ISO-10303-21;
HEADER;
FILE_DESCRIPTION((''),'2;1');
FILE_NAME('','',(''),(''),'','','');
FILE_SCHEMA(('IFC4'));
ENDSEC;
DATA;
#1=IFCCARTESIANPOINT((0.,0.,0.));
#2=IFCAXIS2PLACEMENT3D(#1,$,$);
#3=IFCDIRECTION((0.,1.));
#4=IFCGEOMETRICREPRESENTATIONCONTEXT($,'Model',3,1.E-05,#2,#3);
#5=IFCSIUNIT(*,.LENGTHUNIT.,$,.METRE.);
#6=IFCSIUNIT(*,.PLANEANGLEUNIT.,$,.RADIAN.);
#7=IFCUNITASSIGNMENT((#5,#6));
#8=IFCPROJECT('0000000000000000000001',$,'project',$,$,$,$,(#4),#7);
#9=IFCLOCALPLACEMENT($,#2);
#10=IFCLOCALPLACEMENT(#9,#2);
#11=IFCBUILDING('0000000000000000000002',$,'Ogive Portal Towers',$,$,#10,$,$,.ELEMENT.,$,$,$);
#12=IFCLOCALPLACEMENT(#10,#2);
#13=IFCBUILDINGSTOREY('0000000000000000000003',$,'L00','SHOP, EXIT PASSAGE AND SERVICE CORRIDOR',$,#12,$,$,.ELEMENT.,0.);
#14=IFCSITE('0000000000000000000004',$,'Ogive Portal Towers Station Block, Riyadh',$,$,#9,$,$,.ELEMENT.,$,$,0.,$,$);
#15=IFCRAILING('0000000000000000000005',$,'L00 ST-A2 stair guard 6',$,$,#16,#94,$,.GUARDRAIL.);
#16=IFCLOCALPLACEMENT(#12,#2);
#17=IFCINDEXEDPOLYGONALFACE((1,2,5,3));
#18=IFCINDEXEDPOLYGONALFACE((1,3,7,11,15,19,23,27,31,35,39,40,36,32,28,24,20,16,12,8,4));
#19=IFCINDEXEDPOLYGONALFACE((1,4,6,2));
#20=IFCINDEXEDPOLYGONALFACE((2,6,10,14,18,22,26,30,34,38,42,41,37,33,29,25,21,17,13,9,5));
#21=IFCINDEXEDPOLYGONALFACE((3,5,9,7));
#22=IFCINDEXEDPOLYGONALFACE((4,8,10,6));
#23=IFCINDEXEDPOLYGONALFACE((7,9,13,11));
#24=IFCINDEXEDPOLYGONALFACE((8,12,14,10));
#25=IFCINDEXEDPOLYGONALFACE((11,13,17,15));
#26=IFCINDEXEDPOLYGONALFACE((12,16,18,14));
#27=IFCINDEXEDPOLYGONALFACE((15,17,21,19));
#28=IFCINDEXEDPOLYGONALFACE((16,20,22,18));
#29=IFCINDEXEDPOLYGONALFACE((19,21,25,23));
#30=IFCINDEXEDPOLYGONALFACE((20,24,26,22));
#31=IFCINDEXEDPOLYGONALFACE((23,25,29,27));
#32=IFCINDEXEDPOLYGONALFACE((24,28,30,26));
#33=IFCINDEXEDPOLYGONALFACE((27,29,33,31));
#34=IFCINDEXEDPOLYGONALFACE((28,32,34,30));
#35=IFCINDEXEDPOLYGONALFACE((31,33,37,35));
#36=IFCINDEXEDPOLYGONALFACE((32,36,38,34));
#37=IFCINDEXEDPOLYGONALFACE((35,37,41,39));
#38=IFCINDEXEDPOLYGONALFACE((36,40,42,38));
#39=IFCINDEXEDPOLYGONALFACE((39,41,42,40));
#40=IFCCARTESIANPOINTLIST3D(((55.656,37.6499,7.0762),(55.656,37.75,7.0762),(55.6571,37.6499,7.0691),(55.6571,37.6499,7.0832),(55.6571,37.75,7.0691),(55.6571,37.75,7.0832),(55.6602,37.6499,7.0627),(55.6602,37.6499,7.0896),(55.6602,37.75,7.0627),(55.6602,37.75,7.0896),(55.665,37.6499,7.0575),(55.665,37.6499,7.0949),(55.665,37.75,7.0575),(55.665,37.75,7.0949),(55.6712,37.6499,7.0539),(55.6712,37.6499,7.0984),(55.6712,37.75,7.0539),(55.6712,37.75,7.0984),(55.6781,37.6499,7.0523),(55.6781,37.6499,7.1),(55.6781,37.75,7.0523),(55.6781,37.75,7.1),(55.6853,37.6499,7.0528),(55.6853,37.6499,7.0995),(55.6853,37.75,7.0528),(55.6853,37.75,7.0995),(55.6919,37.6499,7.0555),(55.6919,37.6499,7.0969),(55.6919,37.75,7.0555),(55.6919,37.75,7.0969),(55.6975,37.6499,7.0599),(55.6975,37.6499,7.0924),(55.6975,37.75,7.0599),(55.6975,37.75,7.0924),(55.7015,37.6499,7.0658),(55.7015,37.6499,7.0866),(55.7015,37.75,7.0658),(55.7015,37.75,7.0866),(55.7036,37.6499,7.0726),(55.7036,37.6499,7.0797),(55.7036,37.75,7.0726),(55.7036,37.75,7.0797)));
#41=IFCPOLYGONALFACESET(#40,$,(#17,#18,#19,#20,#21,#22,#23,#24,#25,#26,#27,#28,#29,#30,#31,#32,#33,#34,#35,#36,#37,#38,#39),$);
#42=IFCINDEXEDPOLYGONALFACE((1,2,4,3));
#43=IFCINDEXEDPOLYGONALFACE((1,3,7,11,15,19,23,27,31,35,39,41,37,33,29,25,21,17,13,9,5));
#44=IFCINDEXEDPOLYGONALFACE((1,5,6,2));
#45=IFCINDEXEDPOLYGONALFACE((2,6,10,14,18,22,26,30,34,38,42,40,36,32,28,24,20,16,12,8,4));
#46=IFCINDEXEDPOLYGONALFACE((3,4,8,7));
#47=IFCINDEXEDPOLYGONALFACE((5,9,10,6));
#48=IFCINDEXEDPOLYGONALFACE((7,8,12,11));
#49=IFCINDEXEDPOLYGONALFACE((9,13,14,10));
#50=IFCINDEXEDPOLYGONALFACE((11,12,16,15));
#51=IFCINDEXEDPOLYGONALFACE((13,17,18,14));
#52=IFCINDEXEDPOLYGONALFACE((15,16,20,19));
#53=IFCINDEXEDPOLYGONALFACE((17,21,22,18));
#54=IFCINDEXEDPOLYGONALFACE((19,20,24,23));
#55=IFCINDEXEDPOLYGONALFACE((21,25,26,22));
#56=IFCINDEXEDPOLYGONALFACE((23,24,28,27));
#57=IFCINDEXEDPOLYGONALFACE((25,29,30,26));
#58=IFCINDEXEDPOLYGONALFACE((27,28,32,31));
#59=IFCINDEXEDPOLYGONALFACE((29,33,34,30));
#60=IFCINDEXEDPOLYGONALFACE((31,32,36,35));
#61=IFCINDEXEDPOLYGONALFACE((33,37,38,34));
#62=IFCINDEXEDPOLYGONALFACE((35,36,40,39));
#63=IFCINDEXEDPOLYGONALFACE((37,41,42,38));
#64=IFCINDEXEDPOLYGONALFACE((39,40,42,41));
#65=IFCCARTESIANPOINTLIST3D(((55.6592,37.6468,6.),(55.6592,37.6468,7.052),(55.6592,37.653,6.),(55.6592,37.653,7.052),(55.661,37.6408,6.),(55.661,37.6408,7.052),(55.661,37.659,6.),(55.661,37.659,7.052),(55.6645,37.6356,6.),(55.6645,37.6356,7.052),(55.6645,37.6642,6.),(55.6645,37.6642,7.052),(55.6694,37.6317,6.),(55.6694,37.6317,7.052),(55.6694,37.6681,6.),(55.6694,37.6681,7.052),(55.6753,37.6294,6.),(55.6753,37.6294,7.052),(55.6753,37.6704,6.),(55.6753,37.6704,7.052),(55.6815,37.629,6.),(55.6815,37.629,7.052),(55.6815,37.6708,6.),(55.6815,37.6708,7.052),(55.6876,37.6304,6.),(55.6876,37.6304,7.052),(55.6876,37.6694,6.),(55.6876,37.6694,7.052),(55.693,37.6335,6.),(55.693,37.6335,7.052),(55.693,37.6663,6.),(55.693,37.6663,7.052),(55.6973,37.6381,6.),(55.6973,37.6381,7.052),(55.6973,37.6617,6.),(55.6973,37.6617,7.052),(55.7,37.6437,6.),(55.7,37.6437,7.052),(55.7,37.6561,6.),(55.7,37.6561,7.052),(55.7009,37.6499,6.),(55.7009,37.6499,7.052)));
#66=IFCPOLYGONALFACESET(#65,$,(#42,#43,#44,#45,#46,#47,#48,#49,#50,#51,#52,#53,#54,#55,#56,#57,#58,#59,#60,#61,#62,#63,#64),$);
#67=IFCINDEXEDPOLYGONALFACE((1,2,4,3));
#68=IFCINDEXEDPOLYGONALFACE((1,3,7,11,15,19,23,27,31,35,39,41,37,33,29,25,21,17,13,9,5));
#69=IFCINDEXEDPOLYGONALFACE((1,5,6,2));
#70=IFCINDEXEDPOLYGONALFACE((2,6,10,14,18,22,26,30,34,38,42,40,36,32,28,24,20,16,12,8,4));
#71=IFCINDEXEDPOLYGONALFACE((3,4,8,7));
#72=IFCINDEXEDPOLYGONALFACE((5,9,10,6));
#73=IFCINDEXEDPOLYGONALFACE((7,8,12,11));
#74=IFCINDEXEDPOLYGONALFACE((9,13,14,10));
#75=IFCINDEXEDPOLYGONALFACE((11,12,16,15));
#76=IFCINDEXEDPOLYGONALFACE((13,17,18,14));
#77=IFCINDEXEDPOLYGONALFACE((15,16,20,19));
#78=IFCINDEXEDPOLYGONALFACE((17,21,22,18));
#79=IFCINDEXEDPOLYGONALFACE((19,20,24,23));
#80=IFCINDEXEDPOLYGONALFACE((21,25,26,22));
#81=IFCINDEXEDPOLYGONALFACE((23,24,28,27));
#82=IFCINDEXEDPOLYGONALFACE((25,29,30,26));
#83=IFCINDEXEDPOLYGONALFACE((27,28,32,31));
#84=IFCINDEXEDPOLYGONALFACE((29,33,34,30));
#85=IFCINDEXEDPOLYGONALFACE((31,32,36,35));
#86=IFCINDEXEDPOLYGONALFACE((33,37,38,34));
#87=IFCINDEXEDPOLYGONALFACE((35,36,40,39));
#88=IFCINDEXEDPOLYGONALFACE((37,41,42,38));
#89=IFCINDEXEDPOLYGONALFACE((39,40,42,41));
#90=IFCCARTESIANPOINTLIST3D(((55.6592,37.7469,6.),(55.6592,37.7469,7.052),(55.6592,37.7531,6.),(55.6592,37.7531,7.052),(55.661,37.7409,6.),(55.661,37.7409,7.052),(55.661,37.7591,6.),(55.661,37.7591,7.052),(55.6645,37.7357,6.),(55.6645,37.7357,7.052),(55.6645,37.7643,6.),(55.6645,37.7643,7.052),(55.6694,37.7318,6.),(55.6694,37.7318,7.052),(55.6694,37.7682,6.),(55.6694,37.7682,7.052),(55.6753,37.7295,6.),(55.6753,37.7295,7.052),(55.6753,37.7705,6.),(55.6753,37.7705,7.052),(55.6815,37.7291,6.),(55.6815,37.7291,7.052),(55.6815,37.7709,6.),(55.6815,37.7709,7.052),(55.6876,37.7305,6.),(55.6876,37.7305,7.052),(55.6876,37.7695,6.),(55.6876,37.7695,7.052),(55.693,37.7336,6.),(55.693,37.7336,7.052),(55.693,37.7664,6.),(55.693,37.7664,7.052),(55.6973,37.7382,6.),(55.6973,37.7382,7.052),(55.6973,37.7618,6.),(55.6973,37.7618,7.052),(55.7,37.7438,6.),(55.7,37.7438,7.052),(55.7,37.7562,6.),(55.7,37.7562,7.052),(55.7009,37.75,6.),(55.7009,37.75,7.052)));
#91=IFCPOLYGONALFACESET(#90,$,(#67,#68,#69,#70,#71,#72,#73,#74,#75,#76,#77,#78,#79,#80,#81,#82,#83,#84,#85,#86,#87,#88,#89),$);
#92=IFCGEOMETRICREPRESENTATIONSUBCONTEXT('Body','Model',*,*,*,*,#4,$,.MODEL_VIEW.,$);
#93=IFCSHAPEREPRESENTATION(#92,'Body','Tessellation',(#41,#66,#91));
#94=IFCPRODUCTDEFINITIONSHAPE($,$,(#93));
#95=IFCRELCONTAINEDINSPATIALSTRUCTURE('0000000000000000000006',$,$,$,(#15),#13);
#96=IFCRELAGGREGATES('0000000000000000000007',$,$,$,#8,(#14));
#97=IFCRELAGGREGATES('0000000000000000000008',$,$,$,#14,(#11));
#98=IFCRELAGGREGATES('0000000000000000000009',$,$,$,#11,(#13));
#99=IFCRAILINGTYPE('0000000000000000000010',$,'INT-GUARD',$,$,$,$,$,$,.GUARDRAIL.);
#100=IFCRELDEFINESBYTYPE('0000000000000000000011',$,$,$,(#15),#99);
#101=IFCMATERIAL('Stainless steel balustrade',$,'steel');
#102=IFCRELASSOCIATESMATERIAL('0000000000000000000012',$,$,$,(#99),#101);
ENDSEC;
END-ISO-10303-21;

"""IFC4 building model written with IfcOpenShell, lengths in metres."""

from ifc_helpers import new_model, si_unit, direction, frame, origin, origin_2d, place, context, subcontext, project, spatial, circle, extrude, material, type_object, element, save


model = new_model("IFC4")

# Units and contexts
model_context = context("Model", 3, precision=1e-05, world=origin(), true_north=direction((0.0, 1.0)))
body_context = subcontext(model_context, "Body", "Model", "MODEL_VIEW")
ifc_project = project(units=[si_unit("LENGTHUNIT", "METRE"), si_unit("PLANEANGLEUNIT", "RADIAN")], contexts=[model_context])

# Site, building, storey
site_placement = place(None, origin())
site = spatial("IfcSite", under=ifc_project, at=site_placement, Name="Ogive Portal Towers Station Block, Riyadh", CompositionType="ELEMENT", RefElevation=0.0)
building_placement = place(site_placement, origin())
building = spatial("IfcBuilding", under=site, at=building_placement, Name="Ogive Portal Towers", CompositionType="ELEMENT")
storey_placement = place(building_placement, origin())
storey = spatial("IfcBuildingStorey", under=building, at=storey_placement, Name="L00", Description="SHOP, EXIT PASSAGE AND SERVICE CORRIDOR", CompositionType="ELEMENT", Elevation=0.0)

# Railing
ifc_material_1 = material(Name="Stainless steel balustrade", Category="steel")
railing_type_1 = type_object("IfcRailingType", Name="INT-GUARD", PredefinedType="GUARDRAIL", material=ifc_material_1)
railing_1_placement = place(storey_placement, frame((55.6799, 37.6499, 6.0)))
element("IfcRailing", 1, at=railing_1_placement, inside=storey, type_object=railing_type_1, Name="L00 ST-A2 stair guard 6", PredefinedType="GUARDRAIL", context=body_context, shape_type="SweptSolid", body=[
    extrude(circle(Radius=0.0239, at=origin_2d()), frame((0.0, 0.0, 1.0762), z_axis=(0.0, 1.0, 0.0), x_axis=(-1.0, 0.0, 0.0)), (0.0, 0.0, 1.0), 0.1001),
    extrude(circle(Radius=0.021, at=origin_2d()), origin(), (0.0, 0.0, 1.0), 1.052),
    extrude(circle(Radius=0.021, at=origin_2d()), frame((0.0, 0.1001, 0.0)), (0.0, 0.0, 1.0), 1.052),
])

save(model, "model.ifc")
